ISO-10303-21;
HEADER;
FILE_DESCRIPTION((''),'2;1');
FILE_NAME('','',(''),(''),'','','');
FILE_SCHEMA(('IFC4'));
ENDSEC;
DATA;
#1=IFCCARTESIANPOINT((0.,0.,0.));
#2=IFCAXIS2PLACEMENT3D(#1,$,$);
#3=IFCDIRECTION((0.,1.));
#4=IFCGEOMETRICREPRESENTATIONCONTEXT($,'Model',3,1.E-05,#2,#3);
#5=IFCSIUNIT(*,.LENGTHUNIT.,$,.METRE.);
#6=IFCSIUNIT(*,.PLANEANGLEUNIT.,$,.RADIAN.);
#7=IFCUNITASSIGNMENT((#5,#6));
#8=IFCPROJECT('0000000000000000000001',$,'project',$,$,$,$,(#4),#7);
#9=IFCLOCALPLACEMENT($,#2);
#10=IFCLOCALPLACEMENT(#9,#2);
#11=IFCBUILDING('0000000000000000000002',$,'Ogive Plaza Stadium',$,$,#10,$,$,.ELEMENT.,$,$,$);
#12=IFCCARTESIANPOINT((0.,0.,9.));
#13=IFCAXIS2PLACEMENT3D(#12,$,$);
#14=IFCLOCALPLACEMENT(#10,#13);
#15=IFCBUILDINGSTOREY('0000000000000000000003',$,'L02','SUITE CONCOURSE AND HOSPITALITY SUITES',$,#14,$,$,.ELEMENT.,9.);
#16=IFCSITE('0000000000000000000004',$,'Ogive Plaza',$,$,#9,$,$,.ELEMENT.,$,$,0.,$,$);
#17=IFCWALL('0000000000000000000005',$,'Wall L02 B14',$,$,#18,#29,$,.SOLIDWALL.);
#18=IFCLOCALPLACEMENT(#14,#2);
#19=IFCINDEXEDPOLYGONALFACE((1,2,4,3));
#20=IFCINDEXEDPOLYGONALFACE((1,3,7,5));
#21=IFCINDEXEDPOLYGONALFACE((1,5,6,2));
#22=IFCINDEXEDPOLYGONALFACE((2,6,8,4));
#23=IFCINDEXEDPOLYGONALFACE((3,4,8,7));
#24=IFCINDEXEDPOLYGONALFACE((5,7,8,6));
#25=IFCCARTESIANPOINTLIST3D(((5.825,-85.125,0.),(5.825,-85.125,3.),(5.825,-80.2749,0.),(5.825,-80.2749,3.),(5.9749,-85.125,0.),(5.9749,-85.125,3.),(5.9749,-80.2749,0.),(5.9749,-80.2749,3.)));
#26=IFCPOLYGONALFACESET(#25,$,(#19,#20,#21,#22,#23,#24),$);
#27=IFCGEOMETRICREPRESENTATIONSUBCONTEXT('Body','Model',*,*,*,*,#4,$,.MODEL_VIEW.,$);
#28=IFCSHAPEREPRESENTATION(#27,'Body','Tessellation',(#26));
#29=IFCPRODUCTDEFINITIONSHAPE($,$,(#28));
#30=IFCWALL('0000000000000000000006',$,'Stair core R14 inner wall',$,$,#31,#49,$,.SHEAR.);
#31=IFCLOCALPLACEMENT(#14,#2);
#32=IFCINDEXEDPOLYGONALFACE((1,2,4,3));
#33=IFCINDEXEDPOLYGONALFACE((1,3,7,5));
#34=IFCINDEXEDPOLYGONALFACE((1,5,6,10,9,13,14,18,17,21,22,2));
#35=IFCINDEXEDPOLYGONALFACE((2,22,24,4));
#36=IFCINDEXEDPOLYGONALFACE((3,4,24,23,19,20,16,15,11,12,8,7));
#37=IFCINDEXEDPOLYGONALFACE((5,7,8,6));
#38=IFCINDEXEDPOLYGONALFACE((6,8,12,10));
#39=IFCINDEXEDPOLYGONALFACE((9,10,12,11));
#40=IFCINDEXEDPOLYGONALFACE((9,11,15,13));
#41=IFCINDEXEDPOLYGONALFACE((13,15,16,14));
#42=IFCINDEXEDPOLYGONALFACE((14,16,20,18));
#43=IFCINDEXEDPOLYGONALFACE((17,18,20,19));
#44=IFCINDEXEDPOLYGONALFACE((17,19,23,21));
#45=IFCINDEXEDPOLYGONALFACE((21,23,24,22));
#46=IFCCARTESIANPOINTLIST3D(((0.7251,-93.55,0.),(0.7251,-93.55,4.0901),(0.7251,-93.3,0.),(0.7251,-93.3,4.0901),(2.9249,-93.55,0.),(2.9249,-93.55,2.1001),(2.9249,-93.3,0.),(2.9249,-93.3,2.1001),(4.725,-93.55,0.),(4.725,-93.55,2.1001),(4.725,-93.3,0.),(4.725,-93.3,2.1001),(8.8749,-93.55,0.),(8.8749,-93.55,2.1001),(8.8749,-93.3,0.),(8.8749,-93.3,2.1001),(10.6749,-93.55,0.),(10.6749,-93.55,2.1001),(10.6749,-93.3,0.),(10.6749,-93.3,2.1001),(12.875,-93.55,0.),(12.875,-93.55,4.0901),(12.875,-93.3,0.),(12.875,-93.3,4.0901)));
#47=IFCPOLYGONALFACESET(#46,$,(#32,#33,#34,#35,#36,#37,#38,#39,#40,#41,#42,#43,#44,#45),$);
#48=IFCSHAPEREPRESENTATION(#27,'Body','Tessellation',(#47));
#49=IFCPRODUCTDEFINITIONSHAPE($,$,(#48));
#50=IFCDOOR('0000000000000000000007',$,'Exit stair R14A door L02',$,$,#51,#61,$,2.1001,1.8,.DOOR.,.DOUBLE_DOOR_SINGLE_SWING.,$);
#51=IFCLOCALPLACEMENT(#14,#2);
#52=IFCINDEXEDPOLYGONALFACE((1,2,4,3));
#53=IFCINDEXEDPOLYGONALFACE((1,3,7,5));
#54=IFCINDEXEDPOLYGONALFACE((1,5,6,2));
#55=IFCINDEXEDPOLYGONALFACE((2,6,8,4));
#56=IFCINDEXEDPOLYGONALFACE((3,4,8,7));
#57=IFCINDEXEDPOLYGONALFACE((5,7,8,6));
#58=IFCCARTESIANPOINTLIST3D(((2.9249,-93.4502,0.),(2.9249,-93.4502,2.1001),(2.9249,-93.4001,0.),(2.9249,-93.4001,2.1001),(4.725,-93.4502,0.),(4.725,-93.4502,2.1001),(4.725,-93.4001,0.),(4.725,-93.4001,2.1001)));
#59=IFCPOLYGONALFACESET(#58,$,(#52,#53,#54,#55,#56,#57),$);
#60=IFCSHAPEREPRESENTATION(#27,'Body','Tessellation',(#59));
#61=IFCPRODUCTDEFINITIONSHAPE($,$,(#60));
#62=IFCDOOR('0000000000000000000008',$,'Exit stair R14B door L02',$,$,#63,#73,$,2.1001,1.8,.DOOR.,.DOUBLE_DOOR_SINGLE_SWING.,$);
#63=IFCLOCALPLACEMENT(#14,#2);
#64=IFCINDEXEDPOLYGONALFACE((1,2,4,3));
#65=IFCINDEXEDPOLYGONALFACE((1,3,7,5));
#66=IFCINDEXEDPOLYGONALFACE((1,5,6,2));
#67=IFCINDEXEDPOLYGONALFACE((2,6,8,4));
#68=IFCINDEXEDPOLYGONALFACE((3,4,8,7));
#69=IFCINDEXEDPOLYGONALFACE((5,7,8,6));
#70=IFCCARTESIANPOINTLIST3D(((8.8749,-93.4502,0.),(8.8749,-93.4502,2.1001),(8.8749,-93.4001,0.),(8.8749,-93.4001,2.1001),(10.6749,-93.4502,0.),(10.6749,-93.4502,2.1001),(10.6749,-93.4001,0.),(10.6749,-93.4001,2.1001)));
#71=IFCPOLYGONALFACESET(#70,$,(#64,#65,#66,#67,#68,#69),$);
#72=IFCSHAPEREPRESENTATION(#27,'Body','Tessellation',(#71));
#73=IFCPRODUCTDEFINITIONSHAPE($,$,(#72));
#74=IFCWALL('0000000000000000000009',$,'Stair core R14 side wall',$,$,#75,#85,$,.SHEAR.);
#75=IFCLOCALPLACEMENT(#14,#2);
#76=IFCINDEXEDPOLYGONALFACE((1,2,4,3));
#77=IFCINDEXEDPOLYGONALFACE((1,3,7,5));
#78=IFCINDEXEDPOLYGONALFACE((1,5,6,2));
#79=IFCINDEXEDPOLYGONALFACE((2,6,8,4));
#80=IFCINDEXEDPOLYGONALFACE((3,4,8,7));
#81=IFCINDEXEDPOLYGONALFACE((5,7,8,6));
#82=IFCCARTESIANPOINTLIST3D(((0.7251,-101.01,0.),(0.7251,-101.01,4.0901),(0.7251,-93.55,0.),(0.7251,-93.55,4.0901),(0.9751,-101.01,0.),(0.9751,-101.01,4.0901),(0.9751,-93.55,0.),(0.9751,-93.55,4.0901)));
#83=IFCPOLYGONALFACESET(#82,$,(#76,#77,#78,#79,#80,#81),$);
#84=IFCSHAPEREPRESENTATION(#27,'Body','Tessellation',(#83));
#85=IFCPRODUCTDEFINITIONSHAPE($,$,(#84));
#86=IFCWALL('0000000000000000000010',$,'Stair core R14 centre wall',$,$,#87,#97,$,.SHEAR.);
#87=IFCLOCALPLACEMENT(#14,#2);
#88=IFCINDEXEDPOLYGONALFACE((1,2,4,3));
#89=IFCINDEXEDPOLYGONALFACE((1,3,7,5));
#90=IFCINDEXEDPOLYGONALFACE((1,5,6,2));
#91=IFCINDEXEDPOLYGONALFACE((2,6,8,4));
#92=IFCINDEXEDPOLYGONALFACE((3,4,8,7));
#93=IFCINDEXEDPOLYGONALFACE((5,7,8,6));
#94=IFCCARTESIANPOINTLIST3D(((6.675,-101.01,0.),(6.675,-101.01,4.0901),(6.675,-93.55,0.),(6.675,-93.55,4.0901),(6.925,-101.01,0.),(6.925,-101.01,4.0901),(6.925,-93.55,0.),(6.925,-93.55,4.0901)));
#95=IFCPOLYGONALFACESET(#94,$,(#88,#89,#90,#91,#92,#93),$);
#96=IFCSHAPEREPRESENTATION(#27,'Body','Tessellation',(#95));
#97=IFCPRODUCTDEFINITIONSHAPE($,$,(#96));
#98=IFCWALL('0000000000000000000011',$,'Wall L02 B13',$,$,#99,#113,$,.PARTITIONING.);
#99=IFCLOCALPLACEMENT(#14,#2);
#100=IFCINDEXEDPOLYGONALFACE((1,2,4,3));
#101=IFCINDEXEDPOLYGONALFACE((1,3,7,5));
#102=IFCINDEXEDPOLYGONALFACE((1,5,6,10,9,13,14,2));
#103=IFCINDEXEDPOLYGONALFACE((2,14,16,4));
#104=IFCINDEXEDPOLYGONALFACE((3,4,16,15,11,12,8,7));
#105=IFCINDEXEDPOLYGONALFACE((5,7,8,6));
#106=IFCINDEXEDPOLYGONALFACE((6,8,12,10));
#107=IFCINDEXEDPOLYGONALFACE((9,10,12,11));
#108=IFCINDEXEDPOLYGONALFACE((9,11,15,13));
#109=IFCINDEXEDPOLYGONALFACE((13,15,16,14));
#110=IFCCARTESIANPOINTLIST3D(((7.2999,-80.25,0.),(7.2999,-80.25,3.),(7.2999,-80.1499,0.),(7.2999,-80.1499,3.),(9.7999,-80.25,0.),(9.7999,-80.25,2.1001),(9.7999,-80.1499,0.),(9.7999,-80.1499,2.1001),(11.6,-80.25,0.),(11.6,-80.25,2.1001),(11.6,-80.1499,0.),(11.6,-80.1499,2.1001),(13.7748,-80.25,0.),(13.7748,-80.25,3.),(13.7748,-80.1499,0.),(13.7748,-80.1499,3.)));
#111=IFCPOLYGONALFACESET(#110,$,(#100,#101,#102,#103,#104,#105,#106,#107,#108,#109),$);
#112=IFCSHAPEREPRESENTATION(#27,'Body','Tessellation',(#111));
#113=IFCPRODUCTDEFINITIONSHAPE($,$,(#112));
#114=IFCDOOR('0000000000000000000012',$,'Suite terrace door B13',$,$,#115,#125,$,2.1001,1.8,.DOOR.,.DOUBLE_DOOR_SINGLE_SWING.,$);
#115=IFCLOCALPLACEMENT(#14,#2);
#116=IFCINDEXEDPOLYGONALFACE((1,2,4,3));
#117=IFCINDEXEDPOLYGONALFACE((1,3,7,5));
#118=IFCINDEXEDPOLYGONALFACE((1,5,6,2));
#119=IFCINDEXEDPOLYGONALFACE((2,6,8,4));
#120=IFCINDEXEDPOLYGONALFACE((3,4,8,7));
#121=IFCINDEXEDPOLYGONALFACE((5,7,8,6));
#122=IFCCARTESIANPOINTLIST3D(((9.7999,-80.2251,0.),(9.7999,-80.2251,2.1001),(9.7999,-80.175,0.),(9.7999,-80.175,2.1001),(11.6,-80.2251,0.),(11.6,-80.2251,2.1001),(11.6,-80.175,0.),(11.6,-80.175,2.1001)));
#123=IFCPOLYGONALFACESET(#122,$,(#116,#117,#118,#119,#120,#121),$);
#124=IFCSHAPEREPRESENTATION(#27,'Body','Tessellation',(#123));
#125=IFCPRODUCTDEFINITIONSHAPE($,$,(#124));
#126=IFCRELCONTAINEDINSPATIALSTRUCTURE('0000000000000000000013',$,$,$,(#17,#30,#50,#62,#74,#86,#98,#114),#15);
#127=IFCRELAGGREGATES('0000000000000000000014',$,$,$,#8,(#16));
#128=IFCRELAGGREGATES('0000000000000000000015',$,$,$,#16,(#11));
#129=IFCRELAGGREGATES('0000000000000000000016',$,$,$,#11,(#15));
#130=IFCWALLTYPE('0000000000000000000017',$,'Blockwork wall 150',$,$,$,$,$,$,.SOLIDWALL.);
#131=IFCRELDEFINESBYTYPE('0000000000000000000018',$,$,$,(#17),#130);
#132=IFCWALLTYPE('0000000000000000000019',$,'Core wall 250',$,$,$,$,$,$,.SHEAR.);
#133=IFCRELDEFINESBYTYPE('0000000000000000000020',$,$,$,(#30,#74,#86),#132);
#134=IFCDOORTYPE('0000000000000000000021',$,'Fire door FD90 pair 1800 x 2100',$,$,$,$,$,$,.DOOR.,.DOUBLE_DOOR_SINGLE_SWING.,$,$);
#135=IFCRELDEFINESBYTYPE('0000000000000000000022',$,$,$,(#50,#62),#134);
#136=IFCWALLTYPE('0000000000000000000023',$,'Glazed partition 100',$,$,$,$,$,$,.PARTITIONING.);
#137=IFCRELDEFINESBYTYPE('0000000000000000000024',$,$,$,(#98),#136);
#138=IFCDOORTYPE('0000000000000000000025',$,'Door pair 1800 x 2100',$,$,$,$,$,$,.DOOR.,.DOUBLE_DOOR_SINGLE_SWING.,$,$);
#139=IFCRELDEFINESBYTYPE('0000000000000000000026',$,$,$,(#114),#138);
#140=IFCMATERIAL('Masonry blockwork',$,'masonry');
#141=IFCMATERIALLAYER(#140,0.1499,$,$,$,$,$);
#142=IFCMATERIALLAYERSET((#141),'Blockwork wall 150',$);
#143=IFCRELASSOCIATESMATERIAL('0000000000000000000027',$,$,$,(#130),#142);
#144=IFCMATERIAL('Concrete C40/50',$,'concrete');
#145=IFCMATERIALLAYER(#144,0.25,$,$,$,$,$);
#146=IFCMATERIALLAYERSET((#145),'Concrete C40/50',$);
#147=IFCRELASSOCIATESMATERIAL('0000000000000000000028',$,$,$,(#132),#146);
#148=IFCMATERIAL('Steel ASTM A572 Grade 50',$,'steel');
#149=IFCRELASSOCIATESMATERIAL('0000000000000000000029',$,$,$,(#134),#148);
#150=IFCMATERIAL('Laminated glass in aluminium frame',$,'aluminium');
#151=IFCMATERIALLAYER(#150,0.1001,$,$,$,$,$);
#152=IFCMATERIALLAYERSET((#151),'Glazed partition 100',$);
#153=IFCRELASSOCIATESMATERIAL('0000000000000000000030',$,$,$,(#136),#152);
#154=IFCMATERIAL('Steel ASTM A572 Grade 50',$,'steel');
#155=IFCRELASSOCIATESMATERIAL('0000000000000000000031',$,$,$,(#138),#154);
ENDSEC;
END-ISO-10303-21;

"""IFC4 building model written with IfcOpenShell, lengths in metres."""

from ifc_helpers import new_model, si_unit, direction, frame, frame_2d, origin, place, context, subcontext, project, spatial, rectangle, extrude, material, layer, layer_set, type_object, element, fill, save


model = new_model("IFC4")

# Units and contexts
model_context = context("Model", 3, precision=1e-05, world=origin(), true_north=direction((0.0, 1.0)))
body_context = subcontext(model_context, "Body", "Model", "MODEL_VIEW")
ifc_project = project(units=[si_unit("LENGTHUNIT", "METRE"), si_unit("PLANEANGLEUNIT", "RADIAN")], contexts=[model_context])

# Site, building, storey
site_placement = place(None, origin())
site = spatial("IfcSite", under=ifc_project, at=site_placement, Name="Ogive Plaza", CompositionType="ELEMENT", RefElevation=0.0)
building_placement = place(site_placement, origin())
building = spatial("IfcBuilding", under=site, at=building_placement, Name="Ogive Plaza Stadium", CompositionType="ELEMENT")
storey_placement = place(building_placement, frame((0.0, 0.0, 9.0)))
storey = spatial("IfcBuildingStorey", under=building, at=storey_placement, Name="L02", Description="SUITE CONCOURSE AND HOSPITALITY SUITES", CompositionType="ELEMENT", Elevation=9.0)

# Shared definitions
ifc_material_1 = material(Name="Masonry blockwork", Category="masonry")
ifc_layer_1 = layer(ifc_material_1, 0.1499)
ifc_layer_set_1 = layer_set([ifc_layer_1], Name="Blockwork wall 150")
wall_type_1 = type_object("IfcWallType", Name="Blockwork wall 150", PredefinedType="SOLIDWALL", material=ifc_layer_set_1)

# Wall
wall_1_placement = place(storey_placement, frame((5.8999, -80.2749, 0.0), z_axis=(0.0, 0.0, 1.0), x_axis=(0.0, -1.0, 0.0)))
element("IfcWall", 1, at=wall_1_placement, inside=storey, type_object=wall_type_1, Name="Wall L02 B14", PredefinedType="SOLIDWALL", context=body_context, shape_type="SweptSolid", body=[
    extrude(rectangle(XDim=4.8501, YDim=0.1499, at=frame_2d((2.425, 0.0))), origin(), (0.0, 0.0, 1.0), 3.0),
])

# Wall, openings, doors
ifc_material_2 = material(Name="Concrete C40/50", Category="concrete")
ifc_layer_2 = layer(ifc_material_2, 0.25)
ifc_layer_set_2 = layer_set([ifc_layer_2], Name="Concrete C40/50")
wall_type_2 = type_object("IfcWallType", Name="Core wall 250", PredefinedType="SHEAR", material=ifc_layer_set_2)
wall_2_placement = place(storey_placement, frame((0.7251, -93.425, 0.0), z_axis=(0.0, 0.0, 1.0), x_axis=(1.0, 0.0, 0.0)))
wall_2 = element("IfcWall", 2, at=wall_2_placement, inside=storey, type_object=wall_type_2, Name="Stair core R14 inner wall", PredefinedType="SHEAR", context=body_context, shape_type="SweptSolid", body=[
    extrude(rectangle(XDim=12.1499, YDim=0.25, at=frame_2d((6.075, 0.0))), origin(), (0.0, 0.0, 1.0), 4.0901),
])
opening_1_placement = place(wall_2_placement, frame((2.2, 0.0, 0.0)))
opening_1 = element("IfcOpeningElement", 3, at=opening_1_placement, cuts=wall_2, PredefinedType="OPENING", context=body_context, shape_type="SweptSolid", body=[
    extrude(rectangle(XDim=1.8, YDim=2.1001, at=frame_2d((0.8999, 1.05))), frame((0.0, 0.125, 0.0), z_axis=(0.0, -1.0, 0.0), x_axis=(1.0, 0.0, 0.0)), (0.0, 0.0, 1.0), 0.25),
])
opening_2_placement = place(wall_2_placement, frame((8.1499, 0.0, 0.0)))
opening_2 = element("IfcOpeningElement", 4, at=opening_2_placement, cuts=wall_2, PredefinedType="OPENING", context=body_context, shape_type="SweptSolid", body=[
    extrude(rectangle(XDim=1.8, YDim=2.1001, at=frame_2d((0.8999, 1.05))), frame((0.0, 0.125, 0.0), z_axis=(0.0, -1.0, 0.0), x_axis=(1.0, 0.0, 0.0)), (0.0, 0.0, 1.0), 0.25),
])
ifc_material_3 = material(Name="Steel ASTM A572 Grade 50", Category="steel")
door_type_1 = type_object("IfcDoorType", Name="Fire door FD90 pair 1800 x 2100", OperationType="DOUBLE_DOOR_SINGLE_SWING", PredefinedType="DOOR", material=ifc_material_3)
door_1_placement = place(opening_1_placement, origin())
door_1 = element("IfcDoor", 5, at=door_1_placement, inside=storey, type_object=door_type_1, Name="Exit stair R14A door L02", OperationType="DOUBLE_DOOR_SINGLE_SWING", OverallHeight=2.1001, OverallWidth=1.8, PredefinedType="DOOR", context=body_context, shape_type="SweptSolid", body=[
    extrude(rectangle(XDim=1.8, YDim=2.1001, at=frame_2d((0.8999, 1.05))), frame((0.0, 0.0249, 0.0), z_axis=(0.0, -1.0, 0.0), x_axis=(1.0, 0.0, 0.0)), (0.0, 0.0, 1.0), 0.05),
])
fill(opening_1, door_1)
door_2_placement = place(opening_2_placement, origin())
door_2 = element("IfcDoor", 6, at=door_2_placement, inside=storey, type_object=door_type_1, Name="Exit stair R14B door L02", OperationType="DOUBLE_DOOR_SINGLE_SWING", OverallHeight=2.1001, OverallWidth=1.8, PredefinedType="DOOR", context=body_context, shape_type="SweptSolid", body=[
    extrude(rectangle(XDim=1.8, YDim=2.1001, at=frame_2d((0.8999, 1.05))), frame((0.0, 0.0249, 0.0), z_axis=(0.0, -1.0, 0.0), x_axis=(1.0, 0.0, 0.0)), (0.0, 0.0, 1.0), 0.05),
])
fill(opening_2, door_2)

# Walls
for number, where, z_axis, x_axis, name in (
    (7, (0.8501, -93.55, 0.0), (0.0, 0.0, 1.0), (0.0, -1.0, 0.0), "Stair core R14 side wall"),
    (8, (6.8, -93.55, 0.0), (0.0, 0.0, 1.0), (0.0, -1.0, 0.0), "Stair core R14 centre wall"),
):
    element("IfcWall", number, at=place(storey_placement, frame(where, z_axis=z_axis, x_axis=x_axis)), inside=storey, type_object=wall_type_2, Name=name, PredefinedType="SHEAR", context=body_context, shape_type="SweptSolid", body=[
        extrude(rectangle(XDim=7.46, YDim=0.25, at=frame_2d((3.73, 0.0))), origin(), (0.0, 0.0, 1.0), 4.0901),
    ])

# Wall, opening, door
ifc_material_4 = material(Name="Laminated glass in aluminium frame", Category="aluminium")
ifc_layer_3 = layer(ifc_material_4, 0.1001)
ifc_layer_set_3 = layer_set([ifc_layer_3], Name="Glazed partition 100")
wall_type_3 = type_object("IfcWallType", Name="Glazed partition 100", PredefinedType="PARTITIONING", material=ifc_layer_set_3)
wall_3_placement = place(storey_placement, frame((7.3, -80.2, 0.0), z_axis=(0.0, 0.0, 1.0), x_axis=(1.0, 0.0, 0.0)))
wall_3 = element("IfcWall", 9, at=wall_3_placement, inside=storey, type_object=wall_type_3, Name="Wall L02 B13", PredefinedType="PARTITIONING", context=body_context, shape_type="SweptSolid", body=[
    extrude(rectangle(XDim=6.4749, YDim=0.1001, at=frame_2d((3.2373, 0.0))), origin(), (0.0, 0.0, 1.0), 3.0),
])
opening_3_placement = place(wall_3_placement, frame((2.5, 0.0, 0.0)))
opening_3 = element("IfcOpeningElement", 10, at=opening_3_placement, cuts=wall_3, PredefinedType="OPENING", context=body_context, shape_type="SweptSolid", body=[
    extrude(rectangle(XDim=1.8, YDim=2.1001, at=frame_2d((0.8999, 1.05))), frame((0.0, 0.05, 0.0), z_axis=(0.0, -1.0, 0.0), x_axis=(1.0, 0.0, 0.0)), (0.0, 0.0, 1.0), 0.1001),
])
ifc_material_5 = material(Name="Steel ASTM A572 Grade 50", Category="steel")
door_type_2 = type_object("IfcDoorType", Name="Door pair 1800 x 2100", OperationType="DOUBLE_DOOR_SINGLE_SWING", PredefinedType="DOOR", material=ifc_material_5)
door_3_placement = place(opening_3_placement, origin())
door_3 = element("IfcDoor", 11, at=door_3_placement, inside=storey, type_object=door_type_2, Name="Suite terrace door B13", OperationType="DOUBLE_DOOR_SINGLE_SWING", OverallHeight=2.1001, OverallWidth=1.8, PredefinedType="DOOR", context=body_context, shape_type="SweptSolid", body=[
    extrude(rectangle(XDim=1.8, YDim=2.1001, at=frame_2d((0.8999, 1.05))), frame((0.0, 0.0249, 0.0), z_axis=(0.0, -1.0, 0.0), x_axis=(1.0, 0.0, 0.0)), (0.0, 0.0, 1.0), 0.05),
])
fill(opening_3, door_3)

save(model, "model.ifc")
